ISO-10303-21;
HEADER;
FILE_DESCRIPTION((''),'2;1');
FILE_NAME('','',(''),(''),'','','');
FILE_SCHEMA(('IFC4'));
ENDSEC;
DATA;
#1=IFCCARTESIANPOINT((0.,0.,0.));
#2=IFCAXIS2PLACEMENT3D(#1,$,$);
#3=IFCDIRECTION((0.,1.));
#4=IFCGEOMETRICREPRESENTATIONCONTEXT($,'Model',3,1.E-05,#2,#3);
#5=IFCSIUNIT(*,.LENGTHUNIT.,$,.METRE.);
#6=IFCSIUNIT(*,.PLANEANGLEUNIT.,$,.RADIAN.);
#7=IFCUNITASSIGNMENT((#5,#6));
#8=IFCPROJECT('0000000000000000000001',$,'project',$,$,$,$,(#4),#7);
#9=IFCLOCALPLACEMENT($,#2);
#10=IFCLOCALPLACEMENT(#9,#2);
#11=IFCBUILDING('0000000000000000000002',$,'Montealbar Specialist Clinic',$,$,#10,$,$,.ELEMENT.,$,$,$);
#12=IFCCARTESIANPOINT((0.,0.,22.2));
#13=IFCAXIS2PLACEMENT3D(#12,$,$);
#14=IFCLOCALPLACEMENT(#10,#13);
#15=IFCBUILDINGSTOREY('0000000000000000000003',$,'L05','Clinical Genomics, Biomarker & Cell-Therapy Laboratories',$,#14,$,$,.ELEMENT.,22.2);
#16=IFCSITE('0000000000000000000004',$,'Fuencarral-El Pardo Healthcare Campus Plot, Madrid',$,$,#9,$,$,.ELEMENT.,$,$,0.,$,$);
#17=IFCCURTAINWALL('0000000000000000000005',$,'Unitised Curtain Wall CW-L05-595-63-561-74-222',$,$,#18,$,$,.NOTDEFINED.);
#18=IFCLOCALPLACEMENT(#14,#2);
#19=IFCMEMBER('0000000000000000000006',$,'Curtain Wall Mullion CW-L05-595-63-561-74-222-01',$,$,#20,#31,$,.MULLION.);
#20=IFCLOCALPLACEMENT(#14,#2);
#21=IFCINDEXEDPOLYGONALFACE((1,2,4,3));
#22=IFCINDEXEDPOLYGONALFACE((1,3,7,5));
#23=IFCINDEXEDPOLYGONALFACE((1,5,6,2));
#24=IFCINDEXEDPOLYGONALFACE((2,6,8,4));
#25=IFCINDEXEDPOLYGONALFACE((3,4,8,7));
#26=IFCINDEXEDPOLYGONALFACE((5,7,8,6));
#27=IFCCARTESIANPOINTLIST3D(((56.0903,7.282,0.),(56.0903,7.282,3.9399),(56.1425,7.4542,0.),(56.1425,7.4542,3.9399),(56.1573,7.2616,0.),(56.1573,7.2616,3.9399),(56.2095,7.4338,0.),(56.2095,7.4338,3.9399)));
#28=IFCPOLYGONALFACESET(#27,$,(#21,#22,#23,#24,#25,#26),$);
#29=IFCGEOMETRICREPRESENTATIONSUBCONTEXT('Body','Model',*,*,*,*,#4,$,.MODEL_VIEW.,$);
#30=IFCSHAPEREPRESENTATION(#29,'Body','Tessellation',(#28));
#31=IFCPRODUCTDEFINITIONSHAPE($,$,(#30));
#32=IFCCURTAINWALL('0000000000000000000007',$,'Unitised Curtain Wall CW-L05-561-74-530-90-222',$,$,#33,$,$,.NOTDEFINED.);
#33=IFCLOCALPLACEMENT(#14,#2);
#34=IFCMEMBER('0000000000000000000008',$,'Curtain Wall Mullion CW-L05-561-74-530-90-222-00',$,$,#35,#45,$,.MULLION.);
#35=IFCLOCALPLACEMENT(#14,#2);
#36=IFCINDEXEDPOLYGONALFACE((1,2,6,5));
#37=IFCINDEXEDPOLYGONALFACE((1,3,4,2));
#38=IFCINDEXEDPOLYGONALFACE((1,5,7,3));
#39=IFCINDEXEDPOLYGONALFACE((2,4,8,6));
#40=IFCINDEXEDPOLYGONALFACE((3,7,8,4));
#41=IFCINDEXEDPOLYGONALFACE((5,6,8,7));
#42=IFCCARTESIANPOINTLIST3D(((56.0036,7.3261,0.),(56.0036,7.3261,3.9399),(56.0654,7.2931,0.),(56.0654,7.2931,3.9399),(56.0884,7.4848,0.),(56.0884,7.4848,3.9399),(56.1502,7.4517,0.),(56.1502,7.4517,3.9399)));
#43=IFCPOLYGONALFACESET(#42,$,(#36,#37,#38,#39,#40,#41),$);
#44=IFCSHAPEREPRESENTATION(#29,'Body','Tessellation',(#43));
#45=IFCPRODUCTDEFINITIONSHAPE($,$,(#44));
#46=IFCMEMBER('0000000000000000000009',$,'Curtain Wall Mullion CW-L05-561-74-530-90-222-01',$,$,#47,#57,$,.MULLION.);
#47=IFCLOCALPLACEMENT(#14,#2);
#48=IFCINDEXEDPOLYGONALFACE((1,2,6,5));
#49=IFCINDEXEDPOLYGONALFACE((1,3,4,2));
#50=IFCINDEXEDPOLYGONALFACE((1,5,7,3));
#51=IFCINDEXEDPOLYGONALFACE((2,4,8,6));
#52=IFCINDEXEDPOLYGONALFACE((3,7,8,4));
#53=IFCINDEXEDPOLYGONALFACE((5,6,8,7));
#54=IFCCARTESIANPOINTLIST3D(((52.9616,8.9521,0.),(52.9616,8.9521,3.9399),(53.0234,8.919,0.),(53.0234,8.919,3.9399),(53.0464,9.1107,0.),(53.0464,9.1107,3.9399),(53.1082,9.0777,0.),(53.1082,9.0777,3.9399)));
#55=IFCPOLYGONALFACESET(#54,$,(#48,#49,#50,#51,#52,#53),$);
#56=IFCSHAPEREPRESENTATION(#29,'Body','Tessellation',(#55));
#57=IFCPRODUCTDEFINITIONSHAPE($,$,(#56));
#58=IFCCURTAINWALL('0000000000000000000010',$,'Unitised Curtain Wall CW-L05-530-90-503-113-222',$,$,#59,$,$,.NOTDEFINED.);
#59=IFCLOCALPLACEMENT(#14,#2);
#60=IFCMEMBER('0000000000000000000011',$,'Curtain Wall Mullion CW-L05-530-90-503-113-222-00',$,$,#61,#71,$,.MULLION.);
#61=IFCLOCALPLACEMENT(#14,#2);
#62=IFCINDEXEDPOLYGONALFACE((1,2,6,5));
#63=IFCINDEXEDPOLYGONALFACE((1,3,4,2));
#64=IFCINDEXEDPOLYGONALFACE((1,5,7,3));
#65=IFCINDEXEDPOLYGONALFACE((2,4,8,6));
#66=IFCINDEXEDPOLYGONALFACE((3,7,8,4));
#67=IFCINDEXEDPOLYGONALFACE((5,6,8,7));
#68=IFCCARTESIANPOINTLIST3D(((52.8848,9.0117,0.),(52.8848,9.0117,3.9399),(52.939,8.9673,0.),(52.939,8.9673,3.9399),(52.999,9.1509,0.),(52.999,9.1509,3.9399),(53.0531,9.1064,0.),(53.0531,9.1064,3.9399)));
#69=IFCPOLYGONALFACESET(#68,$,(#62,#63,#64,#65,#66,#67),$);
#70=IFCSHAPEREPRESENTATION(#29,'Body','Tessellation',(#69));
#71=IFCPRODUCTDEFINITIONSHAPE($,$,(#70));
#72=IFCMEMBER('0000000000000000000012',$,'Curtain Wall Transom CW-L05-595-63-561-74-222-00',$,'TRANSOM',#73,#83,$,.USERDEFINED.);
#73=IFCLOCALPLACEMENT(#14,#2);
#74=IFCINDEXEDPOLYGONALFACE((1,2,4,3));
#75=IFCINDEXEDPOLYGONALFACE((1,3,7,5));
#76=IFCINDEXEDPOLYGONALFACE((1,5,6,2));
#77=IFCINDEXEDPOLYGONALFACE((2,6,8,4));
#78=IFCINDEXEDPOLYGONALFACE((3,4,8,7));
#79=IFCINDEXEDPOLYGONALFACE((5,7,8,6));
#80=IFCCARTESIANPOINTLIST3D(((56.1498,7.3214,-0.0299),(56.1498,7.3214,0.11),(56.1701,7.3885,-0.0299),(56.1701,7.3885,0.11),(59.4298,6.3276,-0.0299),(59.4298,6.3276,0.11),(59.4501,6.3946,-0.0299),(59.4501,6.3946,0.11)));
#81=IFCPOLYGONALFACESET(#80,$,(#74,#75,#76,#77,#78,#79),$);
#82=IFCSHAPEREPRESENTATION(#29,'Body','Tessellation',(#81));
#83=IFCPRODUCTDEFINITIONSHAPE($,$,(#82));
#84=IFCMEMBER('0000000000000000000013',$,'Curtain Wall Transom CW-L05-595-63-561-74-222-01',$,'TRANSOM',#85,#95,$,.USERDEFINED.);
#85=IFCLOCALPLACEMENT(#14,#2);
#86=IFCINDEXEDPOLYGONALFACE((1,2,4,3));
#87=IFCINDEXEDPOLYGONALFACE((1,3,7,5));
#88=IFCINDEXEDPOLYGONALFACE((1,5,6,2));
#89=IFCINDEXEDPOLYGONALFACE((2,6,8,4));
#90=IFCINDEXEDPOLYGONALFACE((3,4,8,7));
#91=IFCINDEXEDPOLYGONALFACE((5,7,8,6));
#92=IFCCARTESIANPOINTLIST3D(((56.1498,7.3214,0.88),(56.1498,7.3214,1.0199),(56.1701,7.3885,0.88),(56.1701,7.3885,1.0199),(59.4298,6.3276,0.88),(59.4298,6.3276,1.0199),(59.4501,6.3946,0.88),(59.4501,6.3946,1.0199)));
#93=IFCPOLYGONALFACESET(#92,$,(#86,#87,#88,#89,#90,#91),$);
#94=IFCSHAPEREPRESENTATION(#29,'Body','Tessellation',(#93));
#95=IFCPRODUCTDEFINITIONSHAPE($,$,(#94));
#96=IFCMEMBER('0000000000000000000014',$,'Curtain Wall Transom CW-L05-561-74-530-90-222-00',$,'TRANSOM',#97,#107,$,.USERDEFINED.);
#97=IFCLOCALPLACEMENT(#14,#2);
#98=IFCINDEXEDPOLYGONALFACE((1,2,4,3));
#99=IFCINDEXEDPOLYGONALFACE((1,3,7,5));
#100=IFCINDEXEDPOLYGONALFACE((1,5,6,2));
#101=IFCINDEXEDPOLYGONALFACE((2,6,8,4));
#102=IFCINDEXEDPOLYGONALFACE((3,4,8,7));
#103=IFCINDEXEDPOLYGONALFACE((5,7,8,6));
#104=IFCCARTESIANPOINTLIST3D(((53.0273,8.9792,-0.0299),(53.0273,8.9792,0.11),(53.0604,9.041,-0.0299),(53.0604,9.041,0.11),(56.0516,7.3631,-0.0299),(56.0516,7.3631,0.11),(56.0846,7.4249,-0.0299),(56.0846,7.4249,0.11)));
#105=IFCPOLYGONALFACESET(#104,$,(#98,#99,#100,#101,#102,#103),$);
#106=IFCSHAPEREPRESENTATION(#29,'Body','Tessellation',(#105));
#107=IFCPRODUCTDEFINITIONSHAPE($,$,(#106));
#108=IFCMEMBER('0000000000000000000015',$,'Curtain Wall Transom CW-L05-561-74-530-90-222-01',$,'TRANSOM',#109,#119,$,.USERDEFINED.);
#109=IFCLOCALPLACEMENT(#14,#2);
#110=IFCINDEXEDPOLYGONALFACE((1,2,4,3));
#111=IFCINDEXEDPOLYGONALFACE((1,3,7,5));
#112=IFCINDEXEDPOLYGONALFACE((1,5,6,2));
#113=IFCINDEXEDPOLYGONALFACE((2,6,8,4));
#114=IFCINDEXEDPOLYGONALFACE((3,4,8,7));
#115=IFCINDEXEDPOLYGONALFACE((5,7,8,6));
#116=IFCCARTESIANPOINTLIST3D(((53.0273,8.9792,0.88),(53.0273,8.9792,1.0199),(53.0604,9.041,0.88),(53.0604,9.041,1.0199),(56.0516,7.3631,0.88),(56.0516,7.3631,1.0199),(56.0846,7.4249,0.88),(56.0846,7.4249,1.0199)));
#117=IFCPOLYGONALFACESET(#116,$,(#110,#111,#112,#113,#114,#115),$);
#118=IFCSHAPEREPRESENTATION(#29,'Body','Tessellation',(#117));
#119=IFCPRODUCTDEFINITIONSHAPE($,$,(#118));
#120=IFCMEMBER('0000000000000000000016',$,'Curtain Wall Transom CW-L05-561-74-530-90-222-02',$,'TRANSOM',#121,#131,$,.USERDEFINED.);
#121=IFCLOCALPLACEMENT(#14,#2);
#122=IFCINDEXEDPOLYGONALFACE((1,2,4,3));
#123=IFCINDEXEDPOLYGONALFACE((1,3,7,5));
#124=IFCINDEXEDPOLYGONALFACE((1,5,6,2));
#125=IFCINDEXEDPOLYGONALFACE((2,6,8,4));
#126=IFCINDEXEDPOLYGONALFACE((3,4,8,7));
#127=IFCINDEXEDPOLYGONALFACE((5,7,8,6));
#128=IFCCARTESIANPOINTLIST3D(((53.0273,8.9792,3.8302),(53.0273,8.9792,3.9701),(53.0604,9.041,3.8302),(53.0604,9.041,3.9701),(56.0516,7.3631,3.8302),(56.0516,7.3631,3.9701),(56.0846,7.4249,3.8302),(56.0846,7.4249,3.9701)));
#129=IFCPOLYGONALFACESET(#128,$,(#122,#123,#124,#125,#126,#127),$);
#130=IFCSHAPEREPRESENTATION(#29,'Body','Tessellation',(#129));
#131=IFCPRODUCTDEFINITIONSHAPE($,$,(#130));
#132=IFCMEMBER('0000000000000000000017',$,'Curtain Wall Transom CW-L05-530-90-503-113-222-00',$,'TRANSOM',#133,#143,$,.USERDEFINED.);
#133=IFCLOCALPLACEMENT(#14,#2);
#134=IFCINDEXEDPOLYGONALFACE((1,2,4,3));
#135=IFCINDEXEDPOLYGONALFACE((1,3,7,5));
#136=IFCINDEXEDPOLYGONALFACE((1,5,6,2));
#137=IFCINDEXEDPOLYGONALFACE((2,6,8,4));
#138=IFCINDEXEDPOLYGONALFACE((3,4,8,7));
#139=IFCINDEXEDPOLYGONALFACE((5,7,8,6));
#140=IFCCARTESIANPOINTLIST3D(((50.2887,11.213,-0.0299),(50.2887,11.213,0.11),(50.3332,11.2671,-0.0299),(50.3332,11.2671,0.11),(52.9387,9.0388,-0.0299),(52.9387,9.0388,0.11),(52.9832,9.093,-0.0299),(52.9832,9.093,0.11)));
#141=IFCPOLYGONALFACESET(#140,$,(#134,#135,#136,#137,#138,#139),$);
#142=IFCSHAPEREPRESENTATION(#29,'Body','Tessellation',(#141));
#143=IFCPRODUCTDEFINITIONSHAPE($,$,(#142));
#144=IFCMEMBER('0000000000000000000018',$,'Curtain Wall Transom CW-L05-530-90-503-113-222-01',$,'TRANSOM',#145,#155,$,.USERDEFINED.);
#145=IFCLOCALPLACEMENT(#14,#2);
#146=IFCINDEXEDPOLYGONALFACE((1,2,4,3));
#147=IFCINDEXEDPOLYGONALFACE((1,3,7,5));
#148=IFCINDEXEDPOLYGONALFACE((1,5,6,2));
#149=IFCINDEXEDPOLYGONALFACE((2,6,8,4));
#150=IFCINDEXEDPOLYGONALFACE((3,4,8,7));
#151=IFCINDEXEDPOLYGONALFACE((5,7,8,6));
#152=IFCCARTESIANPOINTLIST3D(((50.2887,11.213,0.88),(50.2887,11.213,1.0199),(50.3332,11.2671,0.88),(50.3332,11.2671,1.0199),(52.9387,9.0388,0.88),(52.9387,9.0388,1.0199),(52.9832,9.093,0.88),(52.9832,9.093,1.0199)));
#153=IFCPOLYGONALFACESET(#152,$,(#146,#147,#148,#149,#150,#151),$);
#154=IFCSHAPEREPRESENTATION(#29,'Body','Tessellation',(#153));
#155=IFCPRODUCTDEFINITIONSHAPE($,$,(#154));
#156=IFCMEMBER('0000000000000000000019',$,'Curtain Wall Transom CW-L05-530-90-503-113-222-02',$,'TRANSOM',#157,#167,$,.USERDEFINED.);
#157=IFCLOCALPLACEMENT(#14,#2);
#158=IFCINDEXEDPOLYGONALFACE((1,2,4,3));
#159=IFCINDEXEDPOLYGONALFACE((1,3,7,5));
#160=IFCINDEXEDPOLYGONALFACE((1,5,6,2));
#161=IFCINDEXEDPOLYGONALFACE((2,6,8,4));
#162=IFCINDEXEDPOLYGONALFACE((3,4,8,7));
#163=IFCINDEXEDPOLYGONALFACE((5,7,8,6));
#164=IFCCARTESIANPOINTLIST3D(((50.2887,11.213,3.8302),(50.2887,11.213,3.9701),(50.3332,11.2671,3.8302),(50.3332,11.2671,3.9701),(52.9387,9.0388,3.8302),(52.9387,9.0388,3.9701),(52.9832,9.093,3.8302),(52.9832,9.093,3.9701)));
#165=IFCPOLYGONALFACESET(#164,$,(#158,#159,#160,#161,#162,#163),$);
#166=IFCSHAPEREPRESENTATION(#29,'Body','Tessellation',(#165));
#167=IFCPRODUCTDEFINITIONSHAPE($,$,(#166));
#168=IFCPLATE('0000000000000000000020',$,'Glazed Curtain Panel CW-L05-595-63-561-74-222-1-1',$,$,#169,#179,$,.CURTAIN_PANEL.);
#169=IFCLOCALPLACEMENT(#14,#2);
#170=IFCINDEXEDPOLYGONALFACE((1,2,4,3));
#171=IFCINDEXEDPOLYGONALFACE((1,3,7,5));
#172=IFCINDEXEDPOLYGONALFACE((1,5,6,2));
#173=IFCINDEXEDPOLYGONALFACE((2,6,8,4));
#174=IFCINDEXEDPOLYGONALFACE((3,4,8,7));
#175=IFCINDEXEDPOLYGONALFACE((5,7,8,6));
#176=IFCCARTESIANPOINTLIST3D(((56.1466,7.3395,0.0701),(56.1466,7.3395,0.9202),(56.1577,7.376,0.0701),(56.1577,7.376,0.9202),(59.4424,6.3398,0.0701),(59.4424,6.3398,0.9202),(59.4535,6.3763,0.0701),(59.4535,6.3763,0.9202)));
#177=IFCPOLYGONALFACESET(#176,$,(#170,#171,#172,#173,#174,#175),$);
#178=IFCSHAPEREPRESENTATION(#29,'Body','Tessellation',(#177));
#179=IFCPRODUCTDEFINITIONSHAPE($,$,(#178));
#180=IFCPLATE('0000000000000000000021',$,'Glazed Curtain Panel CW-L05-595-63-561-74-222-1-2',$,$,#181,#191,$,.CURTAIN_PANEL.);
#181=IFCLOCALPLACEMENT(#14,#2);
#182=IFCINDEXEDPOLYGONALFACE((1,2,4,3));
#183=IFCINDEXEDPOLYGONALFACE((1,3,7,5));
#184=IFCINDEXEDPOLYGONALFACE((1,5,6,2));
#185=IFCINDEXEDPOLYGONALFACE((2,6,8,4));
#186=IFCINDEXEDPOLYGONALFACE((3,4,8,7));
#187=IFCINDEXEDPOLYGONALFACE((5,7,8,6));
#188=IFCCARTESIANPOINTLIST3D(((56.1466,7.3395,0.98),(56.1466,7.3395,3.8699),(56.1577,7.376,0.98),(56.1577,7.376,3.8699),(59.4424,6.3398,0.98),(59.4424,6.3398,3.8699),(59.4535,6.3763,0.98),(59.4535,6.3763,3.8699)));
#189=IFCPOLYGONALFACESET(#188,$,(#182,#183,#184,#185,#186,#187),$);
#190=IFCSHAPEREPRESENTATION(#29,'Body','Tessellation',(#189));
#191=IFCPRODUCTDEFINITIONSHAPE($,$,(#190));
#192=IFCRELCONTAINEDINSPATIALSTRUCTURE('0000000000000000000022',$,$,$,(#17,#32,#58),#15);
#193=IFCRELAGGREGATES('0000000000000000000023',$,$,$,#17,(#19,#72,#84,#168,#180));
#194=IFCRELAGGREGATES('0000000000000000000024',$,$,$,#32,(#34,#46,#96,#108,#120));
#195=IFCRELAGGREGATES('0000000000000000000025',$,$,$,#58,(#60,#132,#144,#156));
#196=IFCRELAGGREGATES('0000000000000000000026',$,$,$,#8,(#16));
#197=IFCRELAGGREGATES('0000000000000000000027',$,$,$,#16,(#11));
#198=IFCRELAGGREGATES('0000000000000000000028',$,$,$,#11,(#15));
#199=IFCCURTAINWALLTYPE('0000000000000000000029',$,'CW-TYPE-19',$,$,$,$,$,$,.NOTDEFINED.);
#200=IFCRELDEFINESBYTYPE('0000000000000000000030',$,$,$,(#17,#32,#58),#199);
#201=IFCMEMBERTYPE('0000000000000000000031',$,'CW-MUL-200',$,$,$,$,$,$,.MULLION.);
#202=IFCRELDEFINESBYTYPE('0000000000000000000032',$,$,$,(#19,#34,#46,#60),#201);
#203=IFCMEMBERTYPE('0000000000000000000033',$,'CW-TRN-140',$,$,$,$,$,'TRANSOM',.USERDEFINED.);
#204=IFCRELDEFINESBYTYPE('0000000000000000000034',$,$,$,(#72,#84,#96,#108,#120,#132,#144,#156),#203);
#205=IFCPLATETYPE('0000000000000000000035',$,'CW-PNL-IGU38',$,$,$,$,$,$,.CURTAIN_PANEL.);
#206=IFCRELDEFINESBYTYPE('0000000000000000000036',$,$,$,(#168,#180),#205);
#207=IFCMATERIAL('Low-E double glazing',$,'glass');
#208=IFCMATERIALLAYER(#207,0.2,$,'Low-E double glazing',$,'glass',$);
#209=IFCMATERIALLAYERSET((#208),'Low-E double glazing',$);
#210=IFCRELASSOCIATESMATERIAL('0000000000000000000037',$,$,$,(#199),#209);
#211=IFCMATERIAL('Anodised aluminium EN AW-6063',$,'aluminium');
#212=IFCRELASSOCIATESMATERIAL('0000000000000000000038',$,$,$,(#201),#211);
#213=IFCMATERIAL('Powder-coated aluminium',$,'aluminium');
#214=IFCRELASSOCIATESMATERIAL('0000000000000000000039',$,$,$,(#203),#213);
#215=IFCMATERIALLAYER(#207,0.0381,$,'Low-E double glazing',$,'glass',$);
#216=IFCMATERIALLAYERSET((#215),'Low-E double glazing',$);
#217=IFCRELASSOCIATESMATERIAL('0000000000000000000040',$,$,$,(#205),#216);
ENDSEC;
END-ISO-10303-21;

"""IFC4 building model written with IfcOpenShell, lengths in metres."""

from ifc_helpers import new_model, si_unit, direction, frame, origin, origin_2d, place, context, subcontext, project, spatial, rectangle, extrude, material, layer, layer_set, material_profile, profile_set, type_object, element, aggregate, save


model = new_model("IFC4")

# Units and contexts
model_context = context("Model", 3, precision=1e-05, world=origin(), true_north=direction((0.0, 1.0)))
body_context = subcontext(model_context, "Body", "Model", "MODEL_VIEW")
ifc_project = project(units=[si_unit("LENGTHUNIT", "METRE"), si_unit("PLANEANGLEUNIT", "RADIAN")], contexts=[model_context])

# Site, building, storey
site_placement = place(None, origin())
site = spatial("IfcSite", under=ifc_project, at=site_placement, Name="Fuencarral-El Pardo Healthcare Campus Plot, Madrid", CompositionType="ELEMENT", RefElevation=0.0)
building_placement = place(site_placement, origin())
building = spatial("IfcBuilding", under=site, at=building_placement, Name="Montealbar Specialist Clinic", CompositionType="ELEMENT")
storey_placement = place(building_placement, frame((0.0, 0.0, 22.2)))
storey = spatial("IfcBuildingStorey", under=building, at=storey_placement, Name="L05", Description="Clinical Genomics, Biomarker & Cell-Therapy Laboratories", CompositionType="ELEMENT", Elevation=22.2)

# Curtain wall, member
ifc_material_1 = material(Name="Low-E double glazing", Category="glass")
ifc_layer_1 = layer(ifc_material_1, 0.2, Name="Low-E double glazing", Category="glass")
ifc_layer_set_1 = layer_set([ifc_layer_1], Name="Low-E double glazing")
curtain_wall_type = type_object("IfcCurtainWallType", Name="CW-TYPE-19", PredefinedType="NOTDEFINED", material=ifc_layer_set_1)
curtain_wall_1_placement = place(storey_placement, origin())
curtain_wall_1 = element("IfcCurtainWall", 1, at=curtain_wall_1_placement, inside=storey, type_object=curtain_wall_type, Name="Unitised Curtain Wall CW-L05-595-63-561-74-222", PredefinedType="NOTDEFINED")
ifc_material_2 = material(Name="Anodised aluminium EN AW-6063", Category="aluminium")
ifc_material_profile_1 = material_profile(ifc_material_2, rectangle(XDim=0.0701, YDim=0.1799, at=origin_2d()), Name="ALU 70x180", Category="aluminium")
ifc_profile_set_1 = profile_set([ifc_material_profile_1], Name="Anodised aluminium EN AW-6063")
member_type_1 = type_object("IfcMemberType", Name="CW-MUL-200", PredefinedType="MULLION", material=ifc_profile_set_1)
member_1_placement = place(storey_placement, frame((56.1499, 7.3579, 0.0), z_axis=(0.0, 0.0, 1.0), x_axis=(-0.956948, 0.290259, 0.0)))
member_1 = element("IfcMember", 2, at=member_1_placement, type_object=member_type_1, Name="Curtain Wall Mullion CW-L05-595-63-561-74-222-01", PredefinedType="MULLION", context=body_context, shape_type="SweptSolid", body=[
    extrude(rectangle(XDim=0.0701, YDim=0.1799, at=origin_2d()), origin(), (0.0, 0.0, 1.0), 3.9399),
])

# Curtain wall, members
curtain_wall_2_placement = place(storey_placement, origin())
curtain_wall_2 = element("IfcCurtainWall", 3, at=curtain_wall_2_placement, inside=storey, type_object=curtain_wall_type, Name="Unitised Curtain Wall CW-L05-561-74-530-90-222", PredefinedType="NOTDEFINED")
member_2_placement = place(storey_placement, frame((56.0769, 7.3889, 0.0), z_axis=(0.0, 0.0, 1.0), x_axis=(-0.88185, 0.471529, 0.0)))
member_2 = element("IfcMember", 4, at=member_2_placement, type_object=member_type_1, Name="Curtain Wall Mullion CW-L05-561-74-530-90-222-00", PredefinedType="MULLION", context=body_context, shape_type="SweptSolid", body=[
    extrude(rectangle(XDim=0.0701, YDim=0.1799, at=origin_2d()), origin(), (0.0, 0.0, 1.0), 3.9399),
])
member_3_placement = place(storey_placement, frame((53.0349, 9.0149, 0.0), z_axis=(0.0, 0.0, 1.0), x_axis=(-0.88185, 0.471529, 0.0)))
member_3 = element("IfcMember", 5, at=member_3_placement, type_object=member_type_1, Name="Curtain Wall Mullion CW-L05-561-74-530-90-222-01", PredefinedType="MULLION", context=body_context, shape_type="SweptSolid", body=[
    extrude(rectangle(XDim=0.0701, YDim=0.1799, at=origin_2d()), origin(), (0.0, 0.0, 1.0), 3.9399),
])

# Curtain wall, member
curtain_wall_3_placement = place(storey_placement, origin())
curtain_wall_3 = element("IfcCurtainWall", 6, at=curtain_wall_3_placement, inside=storey, type_object=curtain_wall_type, Name="Unitised Curtain Wall CW-L05-530-90-503-113-222", PredefinedType="NOTDEFINED")
member_4_placement = place(storey_placement, frame((52.969, 9.0591, 0.0), z_axis=(0.0, 0.0, 1.0), x_axis=(-0.773123, 0.634256, 0.0)))
member_4 = element("IfcMember", 7, at=member_4_placement, type_object=member_type_1, Name="Curtain Wall Mullion CW-L05-530-90-503-113-222-00", PredefinedType="MULLION", context=body_context, shape_type="SweptSolid", body=[
    extrude(rectangle(XDim=0.0701, YDim=0.1799, at=origin_2d()), origin(), (0.0, 0.0, 1.0), 3.9399),
])

# Members
ifc_material_3 = material(Name="Powder-coated aluminium", Category="aluminium")
ifc_material_profile_2 = material_profile(ifc_material_3, rectangle(XDim=0.0701, YDim=0.1399, at=origin_2d()), Name="ALU 70x140", Category="aluminium")
ifc_profile_set_2 = profile_set([ifc_material_profile_2], Name="Powder-coated aluminium")
member_type_2 = type_object("IfcMemberType", Name="CW-TRN-140", ElementType="TRANSOM", PredefinedType="USERDEFINED", material=ifc_profile_set_2)
member_5_placement = place(storey_placement, frame((59.4399, 6.3611, 0.04), z_axis=(-0.957029, 0.289994, 0.0), x_axis=(-0.289994, -0.957029, 0.0)))
member_5 = element("IfcMember", 8, at=member_5_placement, type_object=member_type_2, Name="Curtain Wall Transom CW-L05-595-63-561-74-222-00", ObjectType="TRANSOM", PredefinedType="USERDEFINED", context=body_context, shape_type="SweptSolid", body=[
    extrude(rectangle(XDim=0.0701, YDim=0.1399, at=origin_2d()), origin(), (0.0, 0.0, 1.0), 3.4272),
])
member_6_placement = place(storey_placement, frame((59.4399, 6.3611, 0.95), z_axis=(-0.957029, 0.289994, 0.0), x_axis=(-0.289994, -0.957029, 0.0)))
member_6 = element("IfcMember", 9, at=member_6_placement, type_object=member_type_2, Name="Curtain Wall Transom CW-L05-595-63-561-74-222-01", ObjectType="TRANSOM", PredefinedType="USERDEFINED", context=body_context, shape_type="SweptSolid", body=[
    extrude(rectangle(XDim=0.0701, YDim=0.1399, at=origin_2d()), origin(), (0.0, 0.0, 1.0), 3.4272),
])
member_7_placement = place(storey_placement, frame((56.0681, 7.394, 0.04), z_axis=(-0.88198, 0.471287, 0.0), x_axis=(-0.471287, -0.88198, 0.0)))
member_7 = element("IfcMember", 10, at=member_7_placement, type_object=member_type_2, Name="Curtain Wall Transom CW-L05-561-74-530-90-222-00", ObjectType="TRANSOM", PredefinedType="USERDEFINED", context=body_context, shape_type="SweptSolid", body=[
    extrude(rectangle(XDim=0.0701, YDim=0.1399, at=origin_2d()), origin(), (0.0, 0.0, 1.0), 3.429),
])
member_8_placement = place(storey_placement, frame((56.0681, 7.394, 0.95), z_axis=(-0.88198, 0.471287, 0.0), x_axis=(-0.471287, -0.88198, 0.0)))
member_8 = element("IfcMember", 11, at=member_8_placement, type_object=member_type_2, Name="Curtain Wall Transom CW-L05-561-74-530-90-222-01", ObjectType="TRANSOM", PredefinedType="USERDEFINED", context=body_context, shape_type="SweptSolid", body=[
    extrude(rectangle(XDim=0.0701, YDim=0.1399, at=origin_2d()), origin(), (0.0, 0.0, 1.0), 3.429),
])
member_9_placement = place(storey_placement, frame((56.0681, 7.394, 3.9001), z_axis=(-0.88198, 0.471287, 0.0), x_axis=(-0.471287, -0.88198, 0.0)))
member_9 = element("IfcMember", 12, at=member_9_placement, type_object=member_type_2, Name="Curtain Wall Transom CW-L05-561-74-530-90-222-02", ObjectType="TRANSOM", PredefinedType="USERDEFINED", context=body_context, shape_type="SweptSolid", body=[
    extrude(rectangle(XDim=0.0701, YDim=0.1399, at=origin_2d()), origin(), (0.0, 0.0, 1.0), 3.429),
])
member_10_placement = place(storey_placement, frame((52.9609, 9.0659, 0.04), z_axis=(-0.773103, 0.634281, 0.0), x_axis=(-0.634281, -0.773103, 0.0)))
member_10 = element("IfcMember", 13, at=member_10_placement, type_object=member_type_2, Name="Curtain Wall Transom CW-L05-530-90-503-113-222-00", ObjectType="TRANSOM", PredefinedType="USERDEFINED", context=body_context, shape_type="SweptSolid", body=[
    extrude(rectangle(XDim=0.0701, YDim=0.1399, at=origin_2d()), origin(), (0.0, 0.0, 1.0), 3.4277),
])
member_11_placement = place(storey_placement, frame((52.9609, 9.0659, 0.95), z_axis=(-0.773103, 0.634281, 0.0), x_axis=(-0.634281, -0.773103, 0.0)))
member_11 = element("IfcMember", 14, at=member_11_placement, type_object=member_type_2, Name="Curtain Wall Transom CW-L05-530-90-503-113-222-01", ObjectType="TRANSOM", PredefinedType="USERDEFINED", context=body_context, shape_type="SweptSolid", body=[
    extrude(rectangle(XDim=0.0701, YDim=0.1399, at=origin_2d()), origin(), (0.0, 0.0, 1.0), 3.4277),
])
member_12_placement = place(storey_placement, frame((52.9609, 9.0659, 3.9001), z_axis=(-0.773103, 0.634281, 0.0), x_axis=(-0.634281, -0.773103, 0.0)))
member_12 = element("IfcMember", 15, at=member_12_placement, type_object=member_type_2, Name="Curtain Wall Transom CW-L05-530-90-503-113-222-02", ObjectType="TRANSOM", PredefinedType="USERDEFINED", context=body_context, shape_type="SweptSolid", body=[
    extrude(rectangle(XDim=0.0701, YDim=0.1399, at=origin_2d()), origin(), (0.0, 0.0, 1.0), 3.4277),
])

# Plates
ifc_layer_2 = layer(ifc_material_1, 0.0381, Name="Low-E double glazing", Category="glass")
ifc_layer_set_2 = layer_set([ifc_layer_2], Name="Low-E double glazing")
plate_type = type_object("IfcPlateType", Name="CW-PNL-IGU38", PredefinedType="CURTAIN_PANEL", material=ifc_layer_set_2)
plate_1_placement = place(storey_placement, frame((57.8, 6.8579, 0.0701), z_axis=(0.0, 0.0, 1.0), x_axis=(-0.956948, 0.290259, 0.0)))
plate_1 = element("IfcPlate", 16, at=plate_1_placement, type_object=plate_type, Name="Glazed Curtain Panel CW-L05-595-63-561-74-222-1-1", PredefinedType="CURTAIN_PANEL", context=body_context, shape_type="SweptSolid", body=[
    extrude(rectangle(XDim=3.4441, YDim=0.0381, at=origin_2d()), origin(), (0.0, 0.0, 1.0), 0.8501),
])
plate_2_placement = place(storey_placement, frame((57.8, 6.8579, 0.98), z_axis=(0.0, 0.0, 1.0), x_axis=(-0.956948, 0.290259, 0.0)))
plate_2 = element("IfcPlate", 17, at=plate_2_placement, type_object=plate_type, Name="Glazed Curtain Panel CW-L05-595-63-561-74-222-1-2", PredefinedType="CURTAIN_PANEL", context=body_context, shape_type="SweptSolid", body=[
    extrude(rectangle(XDim=3.4441, YDim=0.0381, at=origin_2d()), origin(), (0.0, 0.0, 1.0), 2.8899),
])
aggregate(curtain_wall_1, [member_1, member_5, member_6, plate_1, plate_2])
aggregate(curtain_wall_2, [member_2, member_3, member_7, member_8, member_9])
aggregate(curtain_wall_3, [member_4, member_10, member_11, member_12])

save(model, "model.ifc")
